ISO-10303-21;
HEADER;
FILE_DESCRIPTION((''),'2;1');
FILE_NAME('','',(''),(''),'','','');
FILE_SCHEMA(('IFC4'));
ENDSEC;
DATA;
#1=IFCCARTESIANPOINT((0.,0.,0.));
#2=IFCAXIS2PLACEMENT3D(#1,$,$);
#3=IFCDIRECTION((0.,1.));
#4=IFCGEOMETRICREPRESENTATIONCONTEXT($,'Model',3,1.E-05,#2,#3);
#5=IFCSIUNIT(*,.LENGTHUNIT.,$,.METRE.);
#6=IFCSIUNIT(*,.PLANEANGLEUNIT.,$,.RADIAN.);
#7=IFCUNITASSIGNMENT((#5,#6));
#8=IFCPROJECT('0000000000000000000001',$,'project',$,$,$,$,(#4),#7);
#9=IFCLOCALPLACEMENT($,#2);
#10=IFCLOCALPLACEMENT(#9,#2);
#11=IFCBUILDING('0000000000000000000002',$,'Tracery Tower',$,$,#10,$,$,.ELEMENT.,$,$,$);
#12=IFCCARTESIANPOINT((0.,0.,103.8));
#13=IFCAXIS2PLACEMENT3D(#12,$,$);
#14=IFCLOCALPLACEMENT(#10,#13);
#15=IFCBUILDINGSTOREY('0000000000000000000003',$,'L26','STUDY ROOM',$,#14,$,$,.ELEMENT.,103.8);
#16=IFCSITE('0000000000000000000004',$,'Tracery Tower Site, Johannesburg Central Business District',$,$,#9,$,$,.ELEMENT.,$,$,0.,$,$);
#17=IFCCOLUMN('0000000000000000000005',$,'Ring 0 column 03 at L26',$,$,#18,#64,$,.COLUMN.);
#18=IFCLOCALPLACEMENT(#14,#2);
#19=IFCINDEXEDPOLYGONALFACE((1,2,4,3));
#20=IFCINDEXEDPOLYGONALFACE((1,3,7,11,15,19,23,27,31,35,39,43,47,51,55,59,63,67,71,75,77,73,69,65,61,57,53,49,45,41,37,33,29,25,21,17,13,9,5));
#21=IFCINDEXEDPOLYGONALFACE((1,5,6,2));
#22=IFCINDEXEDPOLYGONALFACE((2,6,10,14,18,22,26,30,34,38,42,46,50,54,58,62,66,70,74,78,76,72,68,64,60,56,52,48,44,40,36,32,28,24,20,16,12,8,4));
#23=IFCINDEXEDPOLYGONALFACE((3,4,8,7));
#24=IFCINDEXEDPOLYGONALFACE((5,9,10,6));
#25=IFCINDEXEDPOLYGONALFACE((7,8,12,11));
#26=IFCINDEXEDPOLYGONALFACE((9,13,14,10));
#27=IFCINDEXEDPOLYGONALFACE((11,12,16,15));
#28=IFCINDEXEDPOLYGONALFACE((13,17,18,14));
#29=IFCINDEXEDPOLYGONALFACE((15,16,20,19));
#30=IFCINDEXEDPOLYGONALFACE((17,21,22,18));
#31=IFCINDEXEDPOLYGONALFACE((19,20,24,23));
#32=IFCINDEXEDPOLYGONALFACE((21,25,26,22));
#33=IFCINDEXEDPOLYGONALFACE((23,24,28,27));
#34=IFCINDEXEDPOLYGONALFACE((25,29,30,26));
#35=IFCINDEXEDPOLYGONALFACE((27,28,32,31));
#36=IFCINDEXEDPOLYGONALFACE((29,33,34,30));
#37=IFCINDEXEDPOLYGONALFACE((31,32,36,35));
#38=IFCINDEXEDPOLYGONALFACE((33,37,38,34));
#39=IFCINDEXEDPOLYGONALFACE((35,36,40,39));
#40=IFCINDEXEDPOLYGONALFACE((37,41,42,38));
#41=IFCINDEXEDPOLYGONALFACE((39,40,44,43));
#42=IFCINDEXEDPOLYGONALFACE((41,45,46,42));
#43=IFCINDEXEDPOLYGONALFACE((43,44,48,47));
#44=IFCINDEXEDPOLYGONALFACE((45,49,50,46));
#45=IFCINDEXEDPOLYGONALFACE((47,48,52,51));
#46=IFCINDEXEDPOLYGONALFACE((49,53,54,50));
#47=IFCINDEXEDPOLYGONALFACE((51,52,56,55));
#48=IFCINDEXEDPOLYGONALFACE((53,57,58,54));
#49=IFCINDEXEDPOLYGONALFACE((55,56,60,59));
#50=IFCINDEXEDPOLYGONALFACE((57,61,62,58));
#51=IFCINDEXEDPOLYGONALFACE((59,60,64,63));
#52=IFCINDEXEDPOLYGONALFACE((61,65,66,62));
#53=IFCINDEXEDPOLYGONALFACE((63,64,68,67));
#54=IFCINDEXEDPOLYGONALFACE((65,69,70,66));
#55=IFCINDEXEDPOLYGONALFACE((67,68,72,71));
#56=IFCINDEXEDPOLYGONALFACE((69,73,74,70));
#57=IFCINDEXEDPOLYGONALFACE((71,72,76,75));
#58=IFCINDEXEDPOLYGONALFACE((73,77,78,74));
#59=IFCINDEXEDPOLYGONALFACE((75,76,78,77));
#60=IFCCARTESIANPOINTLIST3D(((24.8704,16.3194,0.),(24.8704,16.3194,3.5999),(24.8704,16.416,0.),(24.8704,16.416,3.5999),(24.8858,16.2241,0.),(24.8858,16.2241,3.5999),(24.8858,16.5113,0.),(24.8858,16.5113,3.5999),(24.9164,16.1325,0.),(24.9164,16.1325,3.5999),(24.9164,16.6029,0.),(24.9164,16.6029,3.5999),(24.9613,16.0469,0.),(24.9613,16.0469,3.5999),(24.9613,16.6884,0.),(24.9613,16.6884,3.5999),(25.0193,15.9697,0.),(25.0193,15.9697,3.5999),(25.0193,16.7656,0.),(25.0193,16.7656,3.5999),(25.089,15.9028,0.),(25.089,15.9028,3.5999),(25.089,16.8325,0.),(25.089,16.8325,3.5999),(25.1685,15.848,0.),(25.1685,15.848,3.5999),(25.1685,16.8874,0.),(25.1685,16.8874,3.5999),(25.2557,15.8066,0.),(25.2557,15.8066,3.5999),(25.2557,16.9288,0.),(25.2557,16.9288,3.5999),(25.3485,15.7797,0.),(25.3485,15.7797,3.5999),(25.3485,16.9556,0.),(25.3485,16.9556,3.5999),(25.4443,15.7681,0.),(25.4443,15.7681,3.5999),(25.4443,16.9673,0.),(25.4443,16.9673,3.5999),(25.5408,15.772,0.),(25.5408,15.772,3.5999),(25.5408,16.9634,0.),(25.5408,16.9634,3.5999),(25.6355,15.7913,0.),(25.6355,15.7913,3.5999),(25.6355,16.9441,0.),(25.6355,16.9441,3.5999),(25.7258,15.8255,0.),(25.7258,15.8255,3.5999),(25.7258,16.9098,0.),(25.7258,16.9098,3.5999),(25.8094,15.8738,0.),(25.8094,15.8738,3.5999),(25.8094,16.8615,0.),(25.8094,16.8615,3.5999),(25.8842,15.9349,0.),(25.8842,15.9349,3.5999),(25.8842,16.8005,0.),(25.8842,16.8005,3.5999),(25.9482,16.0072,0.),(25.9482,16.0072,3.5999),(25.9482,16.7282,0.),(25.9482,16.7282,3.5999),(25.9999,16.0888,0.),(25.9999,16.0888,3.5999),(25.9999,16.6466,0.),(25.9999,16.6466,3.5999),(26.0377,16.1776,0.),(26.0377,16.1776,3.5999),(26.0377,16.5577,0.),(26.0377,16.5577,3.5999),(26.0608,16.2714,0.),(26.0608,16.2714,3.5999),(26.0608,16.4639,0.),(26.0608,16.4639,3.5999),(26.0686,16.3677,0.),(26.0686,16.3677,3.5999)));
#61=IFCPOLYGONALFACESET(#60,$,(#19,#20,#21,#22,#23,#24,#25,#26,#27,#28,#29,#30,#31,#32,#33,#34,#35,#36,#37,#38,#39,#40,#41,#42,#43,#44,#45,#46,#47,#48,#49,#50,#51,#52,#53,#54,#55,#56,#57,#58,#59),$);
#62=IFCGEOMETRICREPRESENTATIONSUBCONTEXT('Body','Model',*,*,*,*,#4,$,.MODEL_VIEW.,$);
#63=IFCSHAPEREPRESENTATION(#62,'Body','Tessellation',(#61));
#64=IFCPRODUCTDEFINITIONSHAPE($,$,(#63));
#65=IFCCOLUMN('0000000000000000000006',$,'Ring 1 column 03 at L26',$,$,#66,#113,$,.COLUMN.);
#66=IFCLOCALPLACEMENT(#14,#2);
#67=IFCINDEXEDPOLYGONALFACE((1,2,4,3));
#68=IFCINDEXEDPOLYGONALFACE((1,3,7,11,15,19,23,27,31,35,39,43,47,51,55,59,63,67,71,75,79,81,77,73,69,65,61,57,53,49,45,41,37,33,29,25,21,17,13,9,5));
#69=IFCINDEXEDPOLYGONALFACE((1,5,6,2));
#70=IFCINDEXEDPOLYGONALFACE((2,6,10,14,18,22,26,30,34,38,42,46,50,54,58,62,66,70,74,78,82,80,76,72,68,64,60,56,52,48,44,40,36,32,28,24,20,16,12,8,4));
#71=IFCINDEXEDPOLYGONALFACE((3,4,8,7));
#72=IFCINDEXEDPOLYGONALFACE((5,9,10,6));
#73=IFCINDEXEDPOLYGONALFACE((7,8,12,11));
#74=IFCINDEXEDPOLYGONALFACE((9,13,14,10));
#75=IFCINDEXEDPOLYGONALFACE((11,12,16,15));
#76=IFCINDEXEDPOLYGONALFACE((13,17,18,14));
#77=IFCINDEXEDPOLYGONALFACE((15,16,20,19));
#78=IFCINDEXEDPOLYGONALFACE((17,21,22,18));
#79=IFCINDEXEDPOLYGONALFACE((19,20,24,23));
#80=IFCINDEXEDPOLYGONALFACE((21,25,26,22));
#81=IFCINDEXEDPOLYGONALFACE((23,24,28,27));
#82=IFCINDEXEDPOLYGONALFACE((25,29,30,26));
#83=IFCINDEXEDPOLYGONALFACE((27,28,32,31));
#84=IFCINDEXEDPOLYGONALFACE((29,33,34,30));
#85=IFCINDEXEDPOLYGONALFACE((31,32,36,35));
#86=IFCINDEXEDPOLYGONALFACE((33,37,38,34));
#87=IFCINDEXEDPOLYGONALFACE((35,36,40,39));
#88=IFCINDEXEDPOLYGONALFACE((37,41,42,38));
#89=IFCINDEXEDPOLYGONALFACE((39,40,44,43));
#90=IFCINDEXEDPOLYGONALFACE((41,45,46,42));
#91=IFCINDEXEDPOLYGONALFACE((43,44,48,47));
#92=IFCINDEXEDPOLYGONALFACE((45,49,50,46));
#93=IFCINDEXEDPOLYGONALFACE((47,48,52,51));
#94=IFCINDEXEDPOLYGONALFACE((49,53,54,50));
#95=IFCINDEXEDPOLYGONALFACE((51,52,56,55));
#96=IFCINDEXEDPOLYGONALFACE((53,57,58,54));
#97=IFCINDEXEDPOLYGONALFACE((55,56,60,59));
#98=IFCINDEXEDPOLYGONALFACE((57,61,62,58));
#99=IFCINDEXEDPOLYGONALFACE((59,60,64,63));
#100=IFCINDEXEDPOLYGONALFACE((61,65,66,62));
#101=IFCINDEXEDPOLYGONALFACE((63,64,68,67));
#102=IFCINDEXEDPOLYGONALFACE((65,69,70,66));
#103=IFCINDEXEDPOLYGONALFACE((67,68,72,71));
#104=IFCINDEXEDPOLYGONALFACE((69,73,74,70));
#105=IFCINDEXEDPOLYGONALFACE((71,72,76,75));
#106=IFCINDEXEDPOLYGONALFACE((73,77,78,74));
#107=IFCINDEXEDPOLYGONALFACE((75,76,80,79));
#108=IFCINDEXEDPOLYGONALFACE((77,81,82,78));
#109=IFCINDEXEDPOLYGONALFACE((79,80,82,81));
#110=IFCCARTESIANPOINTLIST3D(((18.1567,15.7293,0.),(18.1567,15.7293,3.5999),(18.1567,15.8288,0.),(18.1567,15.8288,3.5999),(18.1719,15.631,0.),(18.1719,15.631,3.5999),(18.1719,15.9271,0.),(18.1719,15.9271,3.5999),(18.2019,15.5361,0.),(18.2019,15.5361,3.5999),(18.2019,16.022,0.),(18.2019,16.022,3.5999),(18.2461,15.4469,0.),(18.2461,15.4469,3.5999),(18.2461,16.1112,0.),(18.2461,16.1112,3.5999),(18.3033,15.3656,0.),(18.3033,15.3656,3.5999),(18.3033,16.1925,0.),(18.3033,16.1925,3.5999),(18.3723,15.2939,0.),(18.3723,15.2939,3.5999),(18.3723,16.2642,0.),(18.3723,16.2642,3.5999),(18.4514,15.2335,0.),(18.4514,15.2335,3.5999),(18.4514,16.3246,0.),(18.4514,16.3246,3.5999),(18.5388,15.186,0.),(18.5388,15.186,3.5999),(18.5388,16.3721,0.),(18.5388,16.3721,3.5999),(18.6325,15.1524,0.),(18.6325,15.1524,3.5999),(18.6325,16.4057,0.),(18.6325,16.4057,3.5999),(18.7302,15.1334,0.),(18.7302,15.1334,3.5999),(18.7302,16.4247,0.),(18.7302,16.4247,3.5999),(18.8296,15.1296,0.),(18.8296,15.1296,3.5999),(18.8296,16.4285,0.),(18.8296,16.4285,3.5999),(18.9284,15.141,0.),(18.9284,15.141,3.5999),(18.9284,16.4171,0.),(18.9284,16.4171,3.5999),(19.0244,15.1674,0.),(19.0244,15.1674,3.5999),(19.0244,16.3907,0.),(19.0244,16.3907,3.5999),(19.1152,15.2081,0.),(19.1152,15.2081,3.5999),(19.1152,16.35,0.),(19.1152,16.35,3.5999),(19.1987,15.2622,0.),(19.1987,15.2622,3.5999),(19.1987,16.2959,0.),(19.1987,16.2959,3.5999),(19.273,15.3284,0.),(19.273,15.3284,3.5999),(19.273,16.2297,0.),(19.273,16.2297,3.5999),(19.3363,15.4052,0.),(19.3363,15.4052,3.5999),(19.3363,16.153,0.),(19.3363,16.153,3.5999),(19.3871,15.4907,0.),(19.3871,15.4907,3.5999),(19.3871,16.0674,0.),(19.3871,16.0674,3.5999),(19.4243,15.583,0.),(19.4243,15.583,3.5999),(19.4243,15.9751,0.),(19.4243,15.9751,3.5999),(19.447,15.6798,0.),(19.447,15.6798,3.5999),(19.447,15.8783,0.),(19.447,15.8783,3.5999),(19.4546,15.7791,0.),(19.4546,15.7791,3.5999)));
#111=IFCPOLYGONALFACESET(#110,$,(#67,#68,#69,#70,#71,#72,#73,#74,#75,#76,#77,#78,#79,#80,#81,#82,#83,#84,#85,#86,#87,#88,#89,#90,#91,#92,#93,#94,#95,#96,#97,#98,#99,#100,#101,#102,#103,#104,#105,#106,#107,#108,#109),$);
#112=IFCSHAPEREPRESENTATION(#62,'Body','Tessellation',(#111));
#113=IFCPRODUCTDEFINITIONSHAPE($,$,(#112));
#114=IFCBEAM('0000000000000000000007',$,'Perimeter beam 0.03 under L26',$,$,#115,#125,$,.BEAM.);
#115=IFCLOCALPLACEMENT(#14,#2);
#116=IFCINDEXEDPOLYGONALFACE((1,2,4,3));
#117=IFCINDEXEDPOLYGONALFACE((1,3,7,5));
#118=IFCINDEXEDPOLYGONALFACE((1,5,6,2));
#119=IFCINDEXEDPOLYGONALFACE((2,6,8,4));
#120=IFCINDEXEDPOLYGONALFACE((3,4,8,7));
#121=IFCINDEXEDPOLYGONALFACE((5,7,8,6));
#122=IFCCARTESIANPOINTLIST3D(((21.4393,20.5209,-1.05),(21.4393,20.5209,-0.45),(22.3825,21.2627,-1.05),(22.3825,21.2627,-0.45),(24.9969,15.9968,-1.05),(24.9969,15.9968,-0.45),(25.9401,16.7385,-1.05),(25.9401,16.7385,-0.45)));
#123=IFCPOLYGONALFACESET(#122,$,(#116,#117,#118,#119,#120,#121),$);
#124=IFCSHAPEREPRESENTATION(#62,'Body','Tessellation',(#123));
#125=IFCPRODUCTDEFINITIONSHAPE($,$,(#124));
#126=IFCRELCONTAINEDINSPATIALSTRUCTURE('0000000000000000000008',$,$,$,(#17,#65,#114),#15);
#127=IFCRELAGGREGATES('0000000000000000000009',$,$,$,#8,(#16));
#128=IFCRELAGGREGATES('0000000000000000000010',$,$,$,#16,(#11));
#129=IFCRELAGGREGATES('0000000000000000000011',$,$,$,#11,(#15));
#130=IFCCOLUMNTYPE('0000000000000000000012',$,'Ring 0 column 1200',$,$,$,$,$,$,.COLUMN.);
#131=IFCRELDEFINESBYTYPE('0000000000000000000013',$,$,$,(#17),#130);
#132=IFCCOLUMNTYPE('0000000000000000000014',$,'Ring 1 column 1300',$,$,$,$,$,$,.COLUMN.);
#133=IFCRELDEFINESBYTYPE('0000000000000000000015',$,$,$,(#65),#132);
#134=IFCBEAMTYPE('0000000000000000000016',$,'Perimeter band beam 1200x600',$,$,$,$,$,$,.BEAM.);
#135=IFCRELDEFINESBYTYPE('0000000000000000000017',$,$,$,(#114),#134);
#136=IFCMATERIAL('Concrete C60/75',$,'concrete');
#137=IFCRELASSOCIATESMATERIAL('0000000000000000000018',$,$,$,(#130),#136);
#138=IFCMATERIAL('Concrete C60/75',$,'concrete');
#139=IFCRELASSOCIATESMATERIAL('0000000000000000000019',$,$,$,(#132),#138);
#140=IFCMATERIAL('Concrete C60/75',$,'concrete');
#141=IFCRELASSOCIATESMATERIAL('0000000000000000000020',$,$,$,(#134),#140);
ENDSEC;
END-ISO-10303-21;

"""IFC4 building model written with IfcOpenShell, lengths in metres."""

from ifc_helpers import new_model, si_unit, direction, frame, origin, origin_2d, place, context, subcontext, project, spatial, rectangle, circle, extrude, material, material_profile, profile_set, type_object, element, save


model = new_model("IFC4")

# Units and contexts
model_context = context("Model", 3, precision=1e-05, world=origin(), true_north=direction((0.0, 1.0)))
body_context = subcontext(model_context, "Body", "Model", "MODEL_VIEW")
ifc_project = project(units=[si_unit("LENGTHUNIT", "METRE"), si_unit("PLANEANGLEUNIT", "RADIAN")], contexts=[model_context])

# Site, building, storey
site_placement = place(None, origin())
site = spatial("IfcSite", under=ifc_project, at=site_placement, Name="Tracery Tower Site, Johannesburg Central Business District", CompositionType="ELEMENT", RefElevation=0.0)
building_placement = place(site_placement, origin())
building = spatial("IfcBuilding", under=site, at=building_placement, Name="Tracery Tower", CompositionType="ELEMENT")
storey_placement = place(building_placement, frame((0.0, 0.0, 103.8)))
storey = spatial("IfcBuildingStorey", under=building, at=storey_placement, Name="L26", Description="STUDY ROOM", CompositionType="ELEMENT", Elevation=103.8)

# Columns
ifc_material_1 = material(Name="Concrete C60/75", Category="concrete")
ifc_material_profile_1 = material_profile(ifc_material_1, circle(Radius=0.6001, at=origin_2d()), Name="RC D1200")
ifc_profile_set_1 = profile_set([ifc_material_profile_1], Name="Concrete C60/75")
column_type_1 = type_object("IfcColumnType", Name="Ring 0 column 1200", PredefinedType="COLUMN", material=ifc_profile_set_1)
column_1_placement = place(storey_placement, frame((25.4685, 16.3677, 0.0), z_axis=(0.0, 0.0, 1.0), x_axis=(1.0, 0.0, 0.0)))
element("IfcColumn", 1, at=column_1_placement, inside=storey, type_object=column_type_1, Name="Ring 0 column 03 at L26", PredefinedType="COLUMN", context=body_context, shape_type="SweptSolid", body=[
    extrude(circle(Radius=0.6001, at=origin_2d()), origin(), (0.0, 0.0, 1.0), 3.5999),
])
ifc_material_2 = material(Name="Concrete C60/75", Category="concrete")
ifc_material_profile_2 = material_profile(ifc_material_2, circle(Radius=0.6499, at=origin_2d()), Name="RC D1300")
ifc_profile_set_2 = profile_set([ifc_material_profile_2], Name="Concrete C60/75")
column_type_2 = type_object("IfcColumnType", Name="Ring 1 column 1300", PredefinedType="COLUMN", material=ifc_profile_set_2)
column_2_placement = place(storey_placement, frame((18.8047, 15.7791, 0.0), z_axis=(0.0, 0.0, 1.0), x_axis=(1.0, 0.0, 0.0)))
element("IfcColumn", 2, at=column_2_placement, inside=storey, type_object=column_type_2, Name="Ring 1 column 03 at L26", PredefinedType="COLUMN", context=body_context, shape_type="SweptSolid", body=[
    extrude(circle(Radius=0.6499, at=origin_2d()), origin(), (0.0, 0.0, 1.0), 3.5999),
])

# Beam
ifc_material_3 = material(Name="Concrete C60/75", Category="concrete")
ifc_material_profile_3 = material_profile(ifc_material_3, rectangle(XDim=1.2, YDim=0.6001, at=origin_2d()), Name="RC 1200x600")
ifc_profile_set_3 = profile_set([ifc_material_profile_3], Name="Concrete C60/75")
beam_type = type_object("IfcBeamType", Name="Perimeter band beam 1200x600", PredefinedType="BEAM", material=ifc_profile_set_3)
beam_placement = place(storey_placement, frame((25.4685, 16.3677, -0.75), z_axis=(-0.618134, 0.786072, 0.0), x_axis=(-0.786072, -0.618134, 0.0)))
element("IfcBeam", 3, at=beam_placement, inside=storey, type_object=beam_type, Name="Perimeter beam 0.03 under L26", PredefinedType="BEAM", context=body_context, shape_type="SweptSolid", body=[
    extrude(rectangle(XDim=1.2, YDim=0.6001, at=origin_2d()), origin(), (0.0, 0.0, 1.0), 5.7554),
])

save(model, "model.ifc")
